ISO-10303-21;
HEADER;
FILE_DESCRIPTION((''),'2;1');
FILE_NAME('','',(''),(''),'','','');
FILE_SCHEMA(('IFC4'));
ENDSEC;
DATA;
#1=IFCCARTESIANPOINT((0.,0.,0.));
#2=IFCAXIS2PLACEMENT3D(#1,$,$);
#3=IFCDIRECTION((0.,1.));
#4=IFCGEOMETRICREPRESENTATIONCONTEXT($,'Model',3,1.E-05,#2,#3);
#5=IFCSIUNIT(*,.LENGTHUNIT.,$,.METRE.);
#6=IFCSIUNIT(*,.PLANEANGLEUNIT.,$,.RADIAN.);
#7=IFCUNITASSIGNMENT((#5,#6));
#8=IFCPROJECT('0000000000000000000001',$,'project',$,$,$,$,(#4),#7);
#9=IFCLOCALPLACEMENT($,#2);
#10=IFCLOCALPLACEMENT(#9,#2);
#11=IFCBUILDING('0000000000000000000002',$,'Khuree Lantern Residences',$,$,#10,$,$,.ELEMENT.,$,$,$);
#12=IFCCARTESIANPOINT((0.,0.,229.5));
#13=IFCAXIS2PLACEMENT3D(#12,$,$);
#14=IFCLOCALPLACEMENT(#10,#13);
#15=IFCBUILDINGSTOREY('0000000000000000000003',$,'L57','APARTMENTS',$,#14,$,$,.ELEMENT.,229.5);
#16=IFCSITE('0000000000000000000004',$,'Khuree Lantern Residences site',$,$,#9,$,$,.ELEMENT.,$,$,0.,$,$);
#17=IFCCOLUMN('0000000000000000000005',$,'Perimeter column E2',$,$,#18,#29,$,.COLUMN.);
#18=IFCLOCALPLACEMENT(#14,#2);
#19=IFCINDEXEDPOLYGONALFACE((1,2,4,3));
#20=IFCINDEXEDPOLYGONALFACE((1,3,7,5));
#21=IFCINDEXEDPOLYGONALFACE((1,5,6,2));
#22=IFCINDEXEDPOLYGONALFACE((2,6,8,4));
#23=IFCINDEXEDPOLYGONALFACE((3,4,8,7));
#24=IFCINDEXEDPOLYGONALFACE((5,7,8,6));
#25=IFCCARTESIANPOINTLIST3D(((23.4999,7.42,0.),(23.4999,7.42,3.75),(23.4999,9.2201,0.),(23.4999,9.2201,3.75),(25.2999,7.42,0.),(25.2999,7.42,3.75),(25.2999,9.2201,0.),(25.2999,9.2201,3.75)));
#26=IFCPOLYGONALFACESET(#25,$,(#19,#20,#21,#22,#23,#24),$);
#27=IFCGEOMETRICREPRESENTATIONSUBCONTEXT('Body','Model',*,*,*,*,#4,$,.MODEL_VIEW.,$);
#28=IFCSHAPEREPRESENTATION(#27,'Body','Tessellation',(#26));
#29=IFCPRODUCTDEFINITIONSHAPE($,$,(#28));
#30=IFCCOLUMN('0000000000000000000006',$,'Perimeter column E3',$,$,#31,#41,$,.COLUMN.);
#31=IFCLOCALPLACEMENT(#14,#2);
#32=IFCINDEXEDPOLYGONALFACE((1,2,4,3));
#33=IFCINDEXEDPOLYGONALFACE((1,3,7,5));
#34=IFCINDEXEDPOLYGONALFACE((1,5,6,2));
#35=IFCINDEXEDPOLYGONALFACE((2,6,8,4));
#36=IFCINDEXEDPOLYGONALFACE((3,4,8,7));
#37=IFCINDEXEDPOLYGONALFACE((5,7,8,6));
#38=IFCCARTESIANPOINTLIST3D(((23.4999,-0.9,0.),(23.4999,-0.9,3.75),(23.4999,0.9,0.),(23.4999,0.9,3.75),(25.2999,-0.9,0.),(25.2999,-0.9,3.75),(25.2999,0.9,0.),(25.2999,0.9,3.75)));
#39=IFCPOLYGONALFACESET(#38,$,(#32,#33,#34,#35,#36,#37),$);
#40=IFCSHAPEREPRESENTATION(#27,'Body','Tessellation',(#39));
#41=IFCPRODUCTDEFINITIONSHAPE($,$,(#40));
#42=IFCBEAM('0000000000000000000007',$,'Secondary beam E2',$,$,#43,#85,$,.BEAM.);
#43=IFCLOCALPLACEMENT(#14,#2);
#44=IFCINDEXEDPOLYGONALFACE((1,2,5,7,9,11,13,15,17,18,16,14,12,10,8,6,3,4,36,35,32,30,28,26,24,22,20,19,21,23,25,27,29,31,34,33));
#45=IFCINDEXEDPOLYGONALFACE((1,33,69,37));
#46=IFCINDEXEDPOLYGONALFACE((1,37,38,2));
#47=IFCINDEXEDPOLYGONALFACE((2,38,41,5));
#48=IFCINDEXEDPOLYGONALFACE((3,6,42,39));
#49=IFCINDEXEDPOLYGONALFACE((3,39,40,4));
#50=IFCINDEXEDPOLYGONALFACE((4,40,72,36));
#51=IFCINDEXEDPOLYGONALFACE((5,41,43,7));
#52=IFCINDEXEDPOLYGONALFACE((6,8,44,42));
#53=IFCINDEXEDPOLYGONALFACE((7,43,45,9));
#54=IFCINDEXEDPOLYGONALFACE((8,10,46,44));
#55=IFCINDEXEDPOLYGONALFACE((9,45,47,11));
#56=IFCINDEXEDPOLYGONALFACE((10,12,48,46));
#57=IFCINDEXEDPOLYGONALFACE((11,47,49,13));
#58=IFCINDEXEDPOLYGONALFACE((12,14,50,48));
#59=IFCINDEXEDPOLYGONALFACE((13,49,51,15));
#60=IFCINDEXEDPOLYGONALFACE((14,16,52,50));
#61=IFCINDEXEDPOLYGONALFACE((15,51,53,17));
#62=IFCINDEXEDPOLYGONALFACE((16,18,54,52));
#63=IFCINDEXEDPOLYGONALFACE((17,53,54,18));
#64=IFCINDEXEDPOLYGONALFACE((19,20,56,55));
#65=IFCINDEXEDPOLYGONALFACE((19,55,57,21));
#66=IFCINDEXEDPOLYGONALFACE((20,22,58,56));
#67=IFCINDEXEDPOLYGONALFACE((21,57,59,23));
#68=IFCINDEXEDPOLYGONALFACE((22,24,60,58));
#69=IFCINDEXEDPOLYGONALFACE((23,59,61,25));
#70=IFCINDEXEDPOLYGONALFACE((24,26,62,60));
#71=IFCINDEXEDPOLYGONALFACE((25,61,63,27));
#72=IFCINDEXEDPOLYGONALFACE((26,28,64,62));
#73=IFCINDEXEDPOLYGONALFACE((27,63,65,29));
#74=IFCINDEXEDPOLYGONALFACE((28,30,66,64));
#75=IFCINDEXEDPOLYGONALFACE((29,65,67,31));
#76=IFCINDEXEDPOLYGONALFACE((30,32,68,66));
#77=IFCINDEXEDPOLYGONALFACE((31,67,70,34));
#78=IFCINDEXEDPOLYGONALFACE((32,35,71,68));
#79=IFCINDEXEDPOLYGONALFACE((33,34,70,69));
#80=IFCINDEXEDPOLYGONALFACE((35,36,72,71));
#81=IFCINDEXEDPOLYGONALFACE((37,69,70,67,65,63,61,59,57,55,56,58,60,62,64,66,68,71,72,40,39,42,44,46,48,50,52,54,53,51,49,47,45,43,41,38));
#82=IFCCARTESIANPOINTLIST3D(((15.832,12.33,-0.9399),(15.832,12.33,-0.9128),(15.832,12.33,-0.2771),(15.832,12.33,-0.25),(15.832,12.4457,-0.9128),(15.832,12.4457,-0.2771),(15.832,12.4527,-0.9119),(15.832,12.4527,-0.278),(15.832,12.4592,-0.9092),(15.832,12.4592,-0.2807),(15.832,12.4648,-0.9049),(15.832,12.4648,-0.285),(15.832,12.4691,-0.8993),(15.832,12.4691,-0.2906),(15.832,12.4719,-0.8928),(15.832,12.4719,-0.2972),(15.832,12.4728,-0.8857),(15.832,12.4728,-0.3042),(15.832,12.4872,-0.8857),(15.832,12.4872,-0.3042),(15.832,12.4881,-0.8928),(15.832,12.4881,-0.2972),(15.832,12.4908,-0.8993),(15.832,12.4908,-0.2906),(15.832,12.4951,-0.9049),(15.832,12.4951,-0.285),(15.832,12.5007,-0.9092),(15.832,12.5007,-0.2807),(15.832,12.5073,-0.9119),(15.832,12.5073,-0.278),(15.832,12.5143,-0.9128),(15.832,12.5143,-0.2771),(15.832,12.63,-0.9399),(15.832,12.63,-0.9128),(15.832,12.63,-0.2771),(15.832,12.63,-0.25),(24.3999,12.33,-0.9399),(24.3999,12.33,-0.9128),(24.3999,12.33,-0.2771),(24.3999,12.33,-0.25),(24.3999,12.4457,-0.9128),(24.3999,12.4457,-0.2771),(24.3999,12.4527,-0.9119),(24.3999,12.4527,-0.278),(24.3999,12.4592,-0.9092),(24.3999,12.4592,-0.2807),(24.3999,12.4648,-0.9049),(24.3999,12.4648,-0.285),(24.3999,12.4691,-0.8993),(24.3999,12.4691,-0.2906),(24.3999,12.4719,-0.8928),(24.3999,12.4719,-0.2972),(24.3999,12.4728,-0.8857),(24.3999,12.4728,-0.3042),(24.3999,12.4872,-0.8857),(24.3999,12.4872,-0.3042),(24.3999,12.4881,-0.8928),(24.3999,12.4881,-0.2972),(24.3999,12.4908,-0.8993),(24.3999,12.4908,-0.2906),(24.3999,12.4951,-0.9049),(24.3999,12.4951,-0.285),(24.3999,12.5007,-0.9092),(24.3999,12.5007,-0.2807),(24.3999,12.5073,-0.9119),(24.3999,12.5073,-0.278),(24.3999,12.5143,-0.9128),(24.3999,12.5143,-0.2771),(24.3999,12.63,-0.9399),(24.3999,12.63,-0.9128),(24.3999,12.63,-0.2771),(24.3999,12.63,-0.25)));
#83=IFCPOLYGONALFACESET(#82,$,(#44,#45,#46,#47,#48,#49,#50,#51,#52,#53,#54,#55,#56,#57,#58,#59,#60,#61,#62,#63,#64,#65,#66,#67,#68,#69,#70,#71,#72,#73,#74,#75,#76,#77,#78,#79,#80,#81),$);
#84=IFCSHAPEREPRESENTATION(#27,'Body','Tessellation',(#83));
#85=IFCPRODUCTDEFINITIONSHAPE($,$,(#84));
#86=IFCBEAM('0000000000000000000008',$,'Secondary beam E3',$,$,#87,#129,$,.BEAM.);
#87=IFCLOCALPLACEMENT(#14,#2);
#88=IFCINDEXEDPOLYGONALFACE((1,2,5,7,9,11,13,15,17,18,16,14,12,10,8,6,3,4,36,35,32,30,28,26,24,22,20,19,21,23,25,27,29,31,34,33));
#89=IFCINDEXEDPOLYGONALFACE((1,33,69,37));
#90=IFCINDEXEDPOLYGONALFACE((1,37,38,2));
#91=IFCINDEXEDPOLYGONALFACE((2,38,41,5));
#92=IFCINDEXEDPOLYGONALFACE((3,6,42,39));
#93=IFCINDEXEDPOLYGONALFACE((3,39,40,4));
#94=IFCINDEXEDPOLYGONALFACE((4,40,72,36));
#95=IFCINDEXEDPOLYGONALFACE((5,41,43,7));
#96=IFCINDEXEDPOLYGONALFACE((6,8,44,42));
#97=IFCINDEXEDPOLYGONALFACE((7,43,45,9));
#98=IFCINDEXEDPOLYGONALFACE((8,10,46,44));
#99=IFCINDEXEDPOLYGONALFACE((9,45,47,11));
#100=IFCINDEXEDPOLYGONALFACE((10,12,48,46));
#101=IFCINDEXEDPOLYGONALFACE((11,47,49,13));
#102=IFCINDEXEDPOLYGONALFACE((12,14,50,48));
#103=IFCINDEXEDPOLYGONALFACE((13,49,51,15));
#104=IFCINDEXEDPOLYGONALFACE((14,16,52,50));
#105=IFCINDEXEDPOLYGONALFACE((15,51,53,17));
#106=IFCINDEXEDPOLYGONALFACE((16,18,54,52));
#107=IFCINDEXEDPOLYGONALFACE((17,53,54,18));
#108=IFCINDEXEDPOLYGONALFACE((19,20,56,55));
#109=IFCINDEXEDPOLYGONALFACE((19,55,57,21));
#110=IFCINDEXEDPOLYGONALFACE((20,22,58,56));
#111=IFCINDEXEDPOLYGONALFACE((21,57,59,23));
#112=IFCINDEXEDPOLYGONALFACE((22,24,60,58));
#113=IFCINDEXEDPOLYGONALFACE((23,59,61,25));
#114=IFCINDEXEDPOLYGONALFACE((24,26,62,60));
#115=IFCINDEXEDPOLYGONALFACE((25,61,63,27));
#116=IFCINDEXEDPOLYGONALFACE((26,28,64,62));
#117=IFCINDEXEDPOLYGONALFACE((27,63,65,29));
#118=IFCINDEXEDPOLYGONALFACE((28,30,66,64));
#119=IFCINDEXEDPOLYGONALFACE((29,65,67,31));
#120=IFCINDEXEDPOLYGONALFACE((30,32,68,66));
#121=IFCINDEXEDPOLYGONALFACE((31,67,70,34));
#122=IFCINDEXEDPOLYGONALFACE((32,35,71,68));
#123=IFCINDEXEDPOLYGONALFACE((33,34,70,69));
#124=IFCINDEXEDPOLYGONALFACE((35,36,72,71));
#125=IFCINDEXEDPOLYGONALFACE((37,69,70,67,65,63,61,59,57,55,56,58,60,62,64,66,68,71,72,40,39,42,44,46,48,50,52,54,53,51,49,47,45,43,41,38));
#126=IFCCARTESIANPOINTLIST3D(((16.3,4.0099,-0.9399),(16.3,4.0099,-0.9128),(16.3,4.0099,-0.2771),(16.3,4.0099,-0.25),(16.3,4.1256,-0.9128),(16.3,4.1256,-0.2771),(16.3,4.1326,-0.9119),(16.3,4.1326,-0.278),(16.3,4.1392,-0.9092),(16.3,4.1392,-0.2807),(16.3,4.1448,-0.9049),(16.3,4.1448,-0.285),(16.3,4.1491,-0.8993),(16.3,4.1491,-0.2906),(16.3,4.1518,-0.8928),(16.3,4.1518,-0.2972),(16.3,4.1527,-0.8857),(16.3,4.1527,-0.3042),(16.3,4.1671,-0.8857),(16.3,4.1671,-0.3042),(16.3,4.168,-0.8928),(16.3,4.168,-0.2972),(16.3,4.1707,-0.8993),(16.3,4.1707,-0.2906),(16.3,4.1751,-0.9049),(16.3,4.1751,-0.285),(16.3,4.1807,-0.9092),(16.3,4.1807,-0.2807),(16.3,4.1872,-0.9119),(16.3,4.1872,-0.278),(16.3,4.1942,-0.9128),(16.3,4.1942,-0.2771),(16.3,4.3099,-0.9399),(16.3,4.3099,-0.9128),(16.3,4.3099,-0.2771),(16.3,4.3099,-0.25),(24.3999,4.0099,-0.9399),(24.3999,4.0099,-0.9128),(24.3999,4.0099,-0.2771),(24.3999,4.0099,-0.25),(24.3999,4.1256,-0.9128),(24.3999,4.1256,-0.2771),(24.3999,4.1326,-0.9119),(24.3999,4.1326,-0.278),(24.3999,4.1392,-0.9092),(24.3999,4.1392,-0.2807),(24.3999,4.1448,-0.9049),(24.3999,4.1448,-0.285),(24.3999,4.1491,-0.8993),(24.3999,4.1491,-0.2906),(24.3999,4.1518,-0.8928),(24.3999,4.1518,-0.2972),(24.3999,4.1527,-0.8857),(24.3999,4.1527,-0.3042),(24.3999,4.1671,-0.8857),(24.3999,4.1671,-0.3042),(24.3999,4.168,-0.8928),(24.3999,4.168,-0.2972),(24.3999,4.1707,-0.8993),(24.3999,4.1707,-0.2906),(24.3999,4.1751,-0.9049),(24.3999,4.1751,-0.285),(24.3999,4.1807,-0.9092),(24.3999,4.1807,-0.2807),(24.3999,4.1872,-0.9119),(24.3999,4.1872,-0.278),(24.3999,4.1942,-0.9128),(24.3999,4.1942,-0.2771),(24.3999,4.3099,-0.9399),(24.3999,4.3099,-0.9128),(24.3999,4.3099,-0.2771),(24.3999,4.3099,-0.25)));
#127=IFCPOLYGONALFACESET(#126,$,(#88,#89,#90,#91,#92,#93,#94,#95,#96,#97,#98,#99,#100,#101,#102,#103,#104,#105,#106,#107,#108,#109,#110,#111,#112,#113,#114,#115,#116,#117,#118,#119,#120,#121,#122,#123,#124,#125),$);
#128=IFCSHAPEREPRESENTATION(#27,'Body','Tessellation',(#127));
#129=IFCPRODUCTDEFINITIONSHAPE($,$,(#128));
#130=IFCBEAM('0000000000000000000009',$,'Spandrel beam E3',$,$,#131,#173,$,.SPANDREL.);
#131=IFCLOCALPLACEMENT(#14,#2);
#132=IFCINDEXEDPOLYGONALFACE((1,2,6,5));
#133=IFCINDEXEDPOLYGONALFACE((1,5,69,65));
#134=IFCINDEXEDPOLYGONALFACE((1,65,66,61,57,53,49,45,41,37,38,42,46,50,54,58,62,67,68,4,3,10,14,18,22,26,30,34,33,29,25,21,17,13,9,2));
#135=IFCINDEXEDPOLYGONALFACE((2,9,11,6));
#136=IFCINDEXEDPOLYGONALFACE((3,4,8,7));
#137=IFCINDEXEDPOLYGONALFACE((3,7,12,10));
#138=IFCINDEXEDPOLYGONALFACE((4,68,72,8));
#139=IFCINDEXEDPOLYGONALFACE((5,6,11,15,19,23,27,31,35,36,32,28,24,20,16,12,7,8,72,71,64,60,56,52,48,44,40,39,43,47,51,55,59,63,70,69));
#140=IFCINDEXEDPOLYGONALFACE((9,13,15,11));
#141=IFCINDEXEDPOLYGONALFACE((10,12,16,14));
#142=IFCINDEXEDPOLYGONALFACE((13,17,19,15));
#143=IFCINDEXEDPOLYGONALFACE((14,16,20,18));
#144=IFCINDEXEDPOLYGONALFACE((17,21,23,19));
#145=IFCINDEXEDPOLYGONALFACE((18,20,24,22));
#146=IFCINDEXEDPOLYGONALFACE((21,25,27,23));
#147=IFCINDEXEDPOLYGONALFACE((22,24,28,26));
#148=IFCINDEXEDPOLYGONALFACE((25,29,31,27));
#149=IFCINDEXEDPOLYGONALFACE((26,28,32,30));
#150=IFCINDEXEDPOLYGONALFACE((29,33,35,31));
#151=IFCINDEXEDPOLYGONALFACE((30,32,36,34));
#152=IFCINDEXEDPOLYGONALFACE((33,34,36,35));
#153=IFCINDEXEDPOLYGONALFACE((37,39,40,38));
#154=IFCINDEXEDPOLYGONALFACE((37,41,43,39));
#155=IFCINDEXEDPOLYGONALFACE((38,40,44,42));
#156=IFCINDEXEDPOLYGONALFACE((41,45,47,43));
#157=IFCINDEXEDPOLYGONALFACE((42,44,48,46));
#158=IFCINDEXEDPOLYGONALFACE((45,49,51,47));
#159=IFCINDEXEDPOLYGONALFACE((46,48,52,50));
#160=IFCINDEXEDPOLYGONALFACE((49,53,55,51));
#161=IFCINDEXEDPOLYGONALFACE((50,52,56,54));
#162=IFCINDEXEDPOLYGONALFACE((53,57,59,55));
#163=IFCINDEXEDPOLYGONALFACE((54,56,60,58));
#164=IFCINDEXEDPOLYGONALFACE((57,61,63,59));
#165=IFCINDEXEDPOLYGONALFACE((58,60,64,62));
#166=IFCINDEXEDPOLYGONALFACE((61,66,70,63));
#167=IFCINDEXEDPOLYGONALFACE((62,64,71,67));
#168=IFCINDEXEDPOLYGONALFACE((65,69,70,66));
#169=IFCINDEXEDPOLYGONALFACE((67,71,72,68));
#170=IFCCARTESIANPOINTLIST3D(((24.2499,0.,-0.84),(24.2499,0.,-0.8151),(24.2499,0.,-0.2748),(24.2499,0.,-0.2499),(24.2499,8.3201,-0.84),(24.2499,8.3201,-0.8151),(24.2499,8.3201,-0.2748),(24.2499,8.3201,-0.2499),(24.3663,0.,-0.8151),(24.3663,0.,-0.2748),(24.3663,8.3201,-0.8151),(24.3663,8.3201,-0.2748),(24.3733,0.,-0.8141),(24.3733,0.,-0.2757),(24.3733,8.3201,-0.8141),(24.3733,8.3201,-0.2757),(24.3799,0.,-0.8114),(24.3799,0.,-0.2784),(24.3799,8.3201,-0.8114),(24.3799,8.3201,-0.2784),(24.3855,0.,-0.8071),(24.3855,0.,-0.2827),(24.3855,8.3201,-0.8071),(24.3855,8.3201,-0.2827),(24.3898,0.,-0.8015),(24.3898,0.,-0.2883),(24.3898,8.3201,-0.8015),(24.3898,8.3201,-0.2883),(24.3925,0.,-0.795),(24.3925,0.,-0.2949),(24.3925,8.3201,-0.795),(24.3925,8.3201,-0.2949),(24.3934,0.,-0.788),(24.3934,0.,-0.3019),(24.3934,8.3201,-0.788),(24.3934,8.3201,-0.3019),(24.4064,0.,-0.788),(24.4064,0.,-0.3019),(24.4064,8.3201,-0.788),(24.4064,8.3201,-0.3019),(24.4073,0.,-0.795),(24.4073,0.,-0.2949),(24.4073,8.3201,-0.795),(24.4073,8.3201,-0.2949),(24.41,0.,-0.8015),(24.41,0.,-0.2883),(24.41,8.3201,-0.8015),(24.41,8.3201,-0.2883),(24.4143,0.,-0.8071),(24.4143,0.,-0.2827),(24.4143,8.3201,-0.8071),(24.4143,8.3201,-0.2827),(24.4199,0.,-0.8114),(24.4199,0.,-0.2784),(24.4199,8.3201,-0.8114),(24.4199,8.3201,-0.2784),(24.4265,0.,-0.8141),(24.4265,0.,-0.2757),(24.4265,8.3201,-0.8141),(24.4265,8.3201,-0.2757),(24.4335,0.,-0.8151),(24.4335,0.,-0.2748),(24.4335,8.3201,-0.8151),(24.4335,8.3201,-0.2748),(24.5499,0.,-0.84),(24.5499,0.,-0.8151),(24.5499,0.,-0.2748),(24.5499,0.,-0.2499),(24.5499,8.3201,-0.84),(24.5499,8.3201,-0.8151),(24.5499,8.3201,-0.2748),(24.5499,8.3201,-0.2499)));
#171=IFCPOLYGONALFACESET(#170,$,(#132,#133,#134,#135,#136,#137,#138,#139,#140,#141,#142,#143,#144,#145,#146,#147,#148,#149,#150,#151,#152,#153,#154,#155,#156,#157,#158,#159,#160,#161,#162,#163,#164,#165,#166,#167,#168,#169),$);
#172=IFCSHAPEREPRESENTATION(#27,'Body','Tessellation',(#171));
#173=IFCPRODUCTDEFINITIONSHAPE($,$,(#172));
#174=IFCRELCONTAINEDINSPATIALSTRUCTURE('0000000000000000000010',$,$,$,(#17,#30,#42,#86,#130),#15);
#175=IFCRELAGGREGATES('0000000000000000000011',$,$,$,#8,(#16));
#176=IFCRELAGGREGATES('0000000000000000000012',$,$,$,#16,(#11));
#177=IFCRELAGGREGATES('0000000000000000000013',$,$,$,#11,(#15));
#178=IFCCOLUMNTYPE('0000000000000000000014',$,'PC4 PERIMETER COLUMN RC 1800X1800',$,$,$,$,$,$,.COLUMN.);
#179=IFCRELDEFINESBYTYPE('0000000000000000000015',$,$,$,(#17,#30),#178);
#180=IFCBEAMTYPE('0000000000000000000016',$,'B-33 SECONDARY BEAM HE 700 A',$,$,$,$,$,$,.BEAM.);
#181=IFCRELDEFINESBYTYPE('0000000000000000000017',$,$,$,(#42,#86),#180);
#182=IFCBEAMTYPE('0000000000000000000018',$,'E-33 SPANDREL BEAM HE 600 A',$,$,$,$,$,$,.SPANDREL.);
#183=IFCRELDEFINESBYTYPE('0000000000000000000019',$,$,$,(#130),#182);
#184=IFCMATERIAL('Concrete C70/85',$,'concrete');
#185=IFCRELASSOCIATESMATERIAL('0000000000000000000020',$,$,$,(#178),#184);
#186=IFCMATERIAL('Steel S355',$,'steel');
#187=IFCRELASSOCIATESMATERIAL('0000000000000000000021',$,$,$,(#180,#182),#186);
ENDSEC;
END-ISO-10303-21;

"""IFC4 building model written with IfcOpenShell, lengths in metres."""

from ifc_helpers import new_model, si_unit, direction, frame, origin, origin_2d, place, context, subcontext, project, spatial, rectangle, i_section, extrude, material, material_profile, profile_set, type_object, element, save


model = new_model("IFC4")

# Units and contexts
model_context = context("Model", 3, precision=1e-05, world=origin(), true_north=direction((0.0, 1.0)))
body_context = subcontext(model_context, "Body", "Model", "MODEL_VIEW")
ifc_project = project(units=[si_unit("LENGTHUNIT", "METRE"), si_unit("PLANEANGLEUNIT", "RADIAN")], contexts=[model_context])

# Site, building, storey
site_placement = place(None, origin())
site = spatial("IfcSite", under=ifc_project, at=site_placement, Name="Khuree Lantern Residences site", CompositionType="ELEMENT", RefElevation=0.0)
building_placement = place(site_placement, origin())
building = spatial("IfcBuilding", under=site, at=building_placement, Name="Khuree Lantern Residences", CompositionType="ELEMENT")
storey_placement = place(building_placement, frame((0.0, 0.0, 229.5)))
storey = spatial("IfcBuildingStorey", under=building, at=storey_placement, Name="L57", Description="APARTMENTS", CompositionType="ELEMENT", Elevation=229.5)

# Columns
ifc_material_1 = material(Name="Concrete C70/85", Category="concrete")
ifc_material_profile_1 = material_profile(ifc_material_1, rectangle(XDim=1.8, YDim=1.8, at=origin_2d()), Name="RC 1800X1800")
ifc_profile_set_1 = profile_set([ifc_material_profile_1], Name="Concrete C70/85")
column_type = type_object("IfcColumnType", Name="PC4 PERIMETER COLUMN RC 1800X1800", PredefinedType="COLUMN", material=ifc_profile_set_1)
for number, where, z_axis, x_axis, name in (
    (1, (24.3999, 8.3201, 0.0), (0.0, 0.0, 1.0), (0.0, 1.0, 0.0), "Perimeter column E2"),
    (2, (24.3999, 0.0, 0.0), (0.0, 0.0, 1.0), (0.0, 1.0, 0.0), "Perimeter column E3"),
):
    element("IfcColumn", number, at=place(storey_placement, frame(where, z_axis=z_axis, x_axis=x_axis)), inside=storey, type_object=column_type, Name=name, PredefinedType="COLUMN", context=body_context, shape_type="SweptSolid", body=[
        extrude(rectangle(XDim=1.8, YDim=1.8, at=origin_2d()), origin(), (0.0, 0.0, 1.0), 3.75),
    ])

# Beams
ifc_material_2 = material(Name="Steel S355", Category="steel")
ifc_material_profile_2 = material_profile(ifc_material_2, i_section(OverallWidth=0.3, OverallDepth=0.6899, WebThickness=0.0144, FlangeThickness=0.0271, FilletRadius=0.0271, at=origin_2d()), Name="HE 700 A")
ifc_profile_set_2 = profile_set([ifc_material_profile_2], Name="Steel S355")
beam_type_1 = type_object("IfcBeamType", Name="B-33 SECONDARY BEAM HE 700 A", PredefinedType="BEAM", material=ifc_profile_set_2)
beam_1_placement = place(storey_placement, frame((24.3999, 12.48, -0.595), z_axis=(-1.0, 0.0, 0.0), x_axis=(0.0, -1.0, 0.0)))
element("IfcBeam", 3, at=beam_1_placement, inside=storey, type_object=beam_type_1, Name="Secondary beam E2", PredefinedType="BEAM", context=body_context, shape_type="SweptSolid", body=[
    extrude(i_section(OverallWidth=0.3, OverallDepth=0.6899, WebThickness=0.0144, FlangeThickness=0.0271, FilletRadius=0.0271, at=origin_2d()), origin(), (0.0, 0.0, 1.0), 8.5679),
])
beam_2_placement = place(storey_placement, frame((24.3999, 4.1599, -0.595), z_axis=(-1.0, 0.0, 0.0), x_axis=(0.0, -1.0, 0.0)))
element("IfcBeam", 4, at=beam_2_placement, inside=storey, type_object=beam_type_1, Name="Secondary beam E3", PredefinedType="BEAM", context=body_context, shape_type="SweptSolid", body=[
    extrude(i_section(OverallWidth=0.3, OverallDepth=0.6899, WebThickness=0.0144, FlangeThickness=0.0271, FilletRadius=0.0271, at=origin_2d()), origin(), (0.0, 0.0, 1.0), 8.0999),
])
ifc_material_profile_3 = material_profile(ifc_material_2, i_section(OverallWidth=0.3, OverallDepth=0.5901, WebThickness=0.0129, FlangeThickness=0.0249, FilletRadius=0.0271, at=origin_2d()), Name="HE 600 A")
ifc_profile_set_3 = profile_set([ifc_material_profile_3], Name="Steel S355")
beam_type_2 = type_object("IfcBeamType", Name="E-33 SPANDREL BEAM HE 600 A", PredefinedType="SPANDREL", material=ifc_profile_set_3)
for number, where, z_axis, x_axis, name in (
    (5, (24.3999, 8.3201, -0.5449), (0.0, -1.0, 0.0), (1.0, 0.0, 0.0), "Spandrel beam E3"),
):
    element("IfcBeam", number, at=place(storey_placement, frame(where, z_axis=z_axis, x_axis=x_axis)), inside=storey, type_object=beam_type_2, Name=name, PredefinedType="SPANDREL", context=body_context, shape_type="SweptSolid", body=[
        extrude(i_section(OverallWidth=0.3, OverallDepth=0.5901, WebThickness=0.0129, FlangeThickness=0.0249, FilletRadius=0.0271, at=origin_2d()), origin(), (0.0, 0.0, 1.0), 8.3201),
    ])

save(model, "model.ifc")
